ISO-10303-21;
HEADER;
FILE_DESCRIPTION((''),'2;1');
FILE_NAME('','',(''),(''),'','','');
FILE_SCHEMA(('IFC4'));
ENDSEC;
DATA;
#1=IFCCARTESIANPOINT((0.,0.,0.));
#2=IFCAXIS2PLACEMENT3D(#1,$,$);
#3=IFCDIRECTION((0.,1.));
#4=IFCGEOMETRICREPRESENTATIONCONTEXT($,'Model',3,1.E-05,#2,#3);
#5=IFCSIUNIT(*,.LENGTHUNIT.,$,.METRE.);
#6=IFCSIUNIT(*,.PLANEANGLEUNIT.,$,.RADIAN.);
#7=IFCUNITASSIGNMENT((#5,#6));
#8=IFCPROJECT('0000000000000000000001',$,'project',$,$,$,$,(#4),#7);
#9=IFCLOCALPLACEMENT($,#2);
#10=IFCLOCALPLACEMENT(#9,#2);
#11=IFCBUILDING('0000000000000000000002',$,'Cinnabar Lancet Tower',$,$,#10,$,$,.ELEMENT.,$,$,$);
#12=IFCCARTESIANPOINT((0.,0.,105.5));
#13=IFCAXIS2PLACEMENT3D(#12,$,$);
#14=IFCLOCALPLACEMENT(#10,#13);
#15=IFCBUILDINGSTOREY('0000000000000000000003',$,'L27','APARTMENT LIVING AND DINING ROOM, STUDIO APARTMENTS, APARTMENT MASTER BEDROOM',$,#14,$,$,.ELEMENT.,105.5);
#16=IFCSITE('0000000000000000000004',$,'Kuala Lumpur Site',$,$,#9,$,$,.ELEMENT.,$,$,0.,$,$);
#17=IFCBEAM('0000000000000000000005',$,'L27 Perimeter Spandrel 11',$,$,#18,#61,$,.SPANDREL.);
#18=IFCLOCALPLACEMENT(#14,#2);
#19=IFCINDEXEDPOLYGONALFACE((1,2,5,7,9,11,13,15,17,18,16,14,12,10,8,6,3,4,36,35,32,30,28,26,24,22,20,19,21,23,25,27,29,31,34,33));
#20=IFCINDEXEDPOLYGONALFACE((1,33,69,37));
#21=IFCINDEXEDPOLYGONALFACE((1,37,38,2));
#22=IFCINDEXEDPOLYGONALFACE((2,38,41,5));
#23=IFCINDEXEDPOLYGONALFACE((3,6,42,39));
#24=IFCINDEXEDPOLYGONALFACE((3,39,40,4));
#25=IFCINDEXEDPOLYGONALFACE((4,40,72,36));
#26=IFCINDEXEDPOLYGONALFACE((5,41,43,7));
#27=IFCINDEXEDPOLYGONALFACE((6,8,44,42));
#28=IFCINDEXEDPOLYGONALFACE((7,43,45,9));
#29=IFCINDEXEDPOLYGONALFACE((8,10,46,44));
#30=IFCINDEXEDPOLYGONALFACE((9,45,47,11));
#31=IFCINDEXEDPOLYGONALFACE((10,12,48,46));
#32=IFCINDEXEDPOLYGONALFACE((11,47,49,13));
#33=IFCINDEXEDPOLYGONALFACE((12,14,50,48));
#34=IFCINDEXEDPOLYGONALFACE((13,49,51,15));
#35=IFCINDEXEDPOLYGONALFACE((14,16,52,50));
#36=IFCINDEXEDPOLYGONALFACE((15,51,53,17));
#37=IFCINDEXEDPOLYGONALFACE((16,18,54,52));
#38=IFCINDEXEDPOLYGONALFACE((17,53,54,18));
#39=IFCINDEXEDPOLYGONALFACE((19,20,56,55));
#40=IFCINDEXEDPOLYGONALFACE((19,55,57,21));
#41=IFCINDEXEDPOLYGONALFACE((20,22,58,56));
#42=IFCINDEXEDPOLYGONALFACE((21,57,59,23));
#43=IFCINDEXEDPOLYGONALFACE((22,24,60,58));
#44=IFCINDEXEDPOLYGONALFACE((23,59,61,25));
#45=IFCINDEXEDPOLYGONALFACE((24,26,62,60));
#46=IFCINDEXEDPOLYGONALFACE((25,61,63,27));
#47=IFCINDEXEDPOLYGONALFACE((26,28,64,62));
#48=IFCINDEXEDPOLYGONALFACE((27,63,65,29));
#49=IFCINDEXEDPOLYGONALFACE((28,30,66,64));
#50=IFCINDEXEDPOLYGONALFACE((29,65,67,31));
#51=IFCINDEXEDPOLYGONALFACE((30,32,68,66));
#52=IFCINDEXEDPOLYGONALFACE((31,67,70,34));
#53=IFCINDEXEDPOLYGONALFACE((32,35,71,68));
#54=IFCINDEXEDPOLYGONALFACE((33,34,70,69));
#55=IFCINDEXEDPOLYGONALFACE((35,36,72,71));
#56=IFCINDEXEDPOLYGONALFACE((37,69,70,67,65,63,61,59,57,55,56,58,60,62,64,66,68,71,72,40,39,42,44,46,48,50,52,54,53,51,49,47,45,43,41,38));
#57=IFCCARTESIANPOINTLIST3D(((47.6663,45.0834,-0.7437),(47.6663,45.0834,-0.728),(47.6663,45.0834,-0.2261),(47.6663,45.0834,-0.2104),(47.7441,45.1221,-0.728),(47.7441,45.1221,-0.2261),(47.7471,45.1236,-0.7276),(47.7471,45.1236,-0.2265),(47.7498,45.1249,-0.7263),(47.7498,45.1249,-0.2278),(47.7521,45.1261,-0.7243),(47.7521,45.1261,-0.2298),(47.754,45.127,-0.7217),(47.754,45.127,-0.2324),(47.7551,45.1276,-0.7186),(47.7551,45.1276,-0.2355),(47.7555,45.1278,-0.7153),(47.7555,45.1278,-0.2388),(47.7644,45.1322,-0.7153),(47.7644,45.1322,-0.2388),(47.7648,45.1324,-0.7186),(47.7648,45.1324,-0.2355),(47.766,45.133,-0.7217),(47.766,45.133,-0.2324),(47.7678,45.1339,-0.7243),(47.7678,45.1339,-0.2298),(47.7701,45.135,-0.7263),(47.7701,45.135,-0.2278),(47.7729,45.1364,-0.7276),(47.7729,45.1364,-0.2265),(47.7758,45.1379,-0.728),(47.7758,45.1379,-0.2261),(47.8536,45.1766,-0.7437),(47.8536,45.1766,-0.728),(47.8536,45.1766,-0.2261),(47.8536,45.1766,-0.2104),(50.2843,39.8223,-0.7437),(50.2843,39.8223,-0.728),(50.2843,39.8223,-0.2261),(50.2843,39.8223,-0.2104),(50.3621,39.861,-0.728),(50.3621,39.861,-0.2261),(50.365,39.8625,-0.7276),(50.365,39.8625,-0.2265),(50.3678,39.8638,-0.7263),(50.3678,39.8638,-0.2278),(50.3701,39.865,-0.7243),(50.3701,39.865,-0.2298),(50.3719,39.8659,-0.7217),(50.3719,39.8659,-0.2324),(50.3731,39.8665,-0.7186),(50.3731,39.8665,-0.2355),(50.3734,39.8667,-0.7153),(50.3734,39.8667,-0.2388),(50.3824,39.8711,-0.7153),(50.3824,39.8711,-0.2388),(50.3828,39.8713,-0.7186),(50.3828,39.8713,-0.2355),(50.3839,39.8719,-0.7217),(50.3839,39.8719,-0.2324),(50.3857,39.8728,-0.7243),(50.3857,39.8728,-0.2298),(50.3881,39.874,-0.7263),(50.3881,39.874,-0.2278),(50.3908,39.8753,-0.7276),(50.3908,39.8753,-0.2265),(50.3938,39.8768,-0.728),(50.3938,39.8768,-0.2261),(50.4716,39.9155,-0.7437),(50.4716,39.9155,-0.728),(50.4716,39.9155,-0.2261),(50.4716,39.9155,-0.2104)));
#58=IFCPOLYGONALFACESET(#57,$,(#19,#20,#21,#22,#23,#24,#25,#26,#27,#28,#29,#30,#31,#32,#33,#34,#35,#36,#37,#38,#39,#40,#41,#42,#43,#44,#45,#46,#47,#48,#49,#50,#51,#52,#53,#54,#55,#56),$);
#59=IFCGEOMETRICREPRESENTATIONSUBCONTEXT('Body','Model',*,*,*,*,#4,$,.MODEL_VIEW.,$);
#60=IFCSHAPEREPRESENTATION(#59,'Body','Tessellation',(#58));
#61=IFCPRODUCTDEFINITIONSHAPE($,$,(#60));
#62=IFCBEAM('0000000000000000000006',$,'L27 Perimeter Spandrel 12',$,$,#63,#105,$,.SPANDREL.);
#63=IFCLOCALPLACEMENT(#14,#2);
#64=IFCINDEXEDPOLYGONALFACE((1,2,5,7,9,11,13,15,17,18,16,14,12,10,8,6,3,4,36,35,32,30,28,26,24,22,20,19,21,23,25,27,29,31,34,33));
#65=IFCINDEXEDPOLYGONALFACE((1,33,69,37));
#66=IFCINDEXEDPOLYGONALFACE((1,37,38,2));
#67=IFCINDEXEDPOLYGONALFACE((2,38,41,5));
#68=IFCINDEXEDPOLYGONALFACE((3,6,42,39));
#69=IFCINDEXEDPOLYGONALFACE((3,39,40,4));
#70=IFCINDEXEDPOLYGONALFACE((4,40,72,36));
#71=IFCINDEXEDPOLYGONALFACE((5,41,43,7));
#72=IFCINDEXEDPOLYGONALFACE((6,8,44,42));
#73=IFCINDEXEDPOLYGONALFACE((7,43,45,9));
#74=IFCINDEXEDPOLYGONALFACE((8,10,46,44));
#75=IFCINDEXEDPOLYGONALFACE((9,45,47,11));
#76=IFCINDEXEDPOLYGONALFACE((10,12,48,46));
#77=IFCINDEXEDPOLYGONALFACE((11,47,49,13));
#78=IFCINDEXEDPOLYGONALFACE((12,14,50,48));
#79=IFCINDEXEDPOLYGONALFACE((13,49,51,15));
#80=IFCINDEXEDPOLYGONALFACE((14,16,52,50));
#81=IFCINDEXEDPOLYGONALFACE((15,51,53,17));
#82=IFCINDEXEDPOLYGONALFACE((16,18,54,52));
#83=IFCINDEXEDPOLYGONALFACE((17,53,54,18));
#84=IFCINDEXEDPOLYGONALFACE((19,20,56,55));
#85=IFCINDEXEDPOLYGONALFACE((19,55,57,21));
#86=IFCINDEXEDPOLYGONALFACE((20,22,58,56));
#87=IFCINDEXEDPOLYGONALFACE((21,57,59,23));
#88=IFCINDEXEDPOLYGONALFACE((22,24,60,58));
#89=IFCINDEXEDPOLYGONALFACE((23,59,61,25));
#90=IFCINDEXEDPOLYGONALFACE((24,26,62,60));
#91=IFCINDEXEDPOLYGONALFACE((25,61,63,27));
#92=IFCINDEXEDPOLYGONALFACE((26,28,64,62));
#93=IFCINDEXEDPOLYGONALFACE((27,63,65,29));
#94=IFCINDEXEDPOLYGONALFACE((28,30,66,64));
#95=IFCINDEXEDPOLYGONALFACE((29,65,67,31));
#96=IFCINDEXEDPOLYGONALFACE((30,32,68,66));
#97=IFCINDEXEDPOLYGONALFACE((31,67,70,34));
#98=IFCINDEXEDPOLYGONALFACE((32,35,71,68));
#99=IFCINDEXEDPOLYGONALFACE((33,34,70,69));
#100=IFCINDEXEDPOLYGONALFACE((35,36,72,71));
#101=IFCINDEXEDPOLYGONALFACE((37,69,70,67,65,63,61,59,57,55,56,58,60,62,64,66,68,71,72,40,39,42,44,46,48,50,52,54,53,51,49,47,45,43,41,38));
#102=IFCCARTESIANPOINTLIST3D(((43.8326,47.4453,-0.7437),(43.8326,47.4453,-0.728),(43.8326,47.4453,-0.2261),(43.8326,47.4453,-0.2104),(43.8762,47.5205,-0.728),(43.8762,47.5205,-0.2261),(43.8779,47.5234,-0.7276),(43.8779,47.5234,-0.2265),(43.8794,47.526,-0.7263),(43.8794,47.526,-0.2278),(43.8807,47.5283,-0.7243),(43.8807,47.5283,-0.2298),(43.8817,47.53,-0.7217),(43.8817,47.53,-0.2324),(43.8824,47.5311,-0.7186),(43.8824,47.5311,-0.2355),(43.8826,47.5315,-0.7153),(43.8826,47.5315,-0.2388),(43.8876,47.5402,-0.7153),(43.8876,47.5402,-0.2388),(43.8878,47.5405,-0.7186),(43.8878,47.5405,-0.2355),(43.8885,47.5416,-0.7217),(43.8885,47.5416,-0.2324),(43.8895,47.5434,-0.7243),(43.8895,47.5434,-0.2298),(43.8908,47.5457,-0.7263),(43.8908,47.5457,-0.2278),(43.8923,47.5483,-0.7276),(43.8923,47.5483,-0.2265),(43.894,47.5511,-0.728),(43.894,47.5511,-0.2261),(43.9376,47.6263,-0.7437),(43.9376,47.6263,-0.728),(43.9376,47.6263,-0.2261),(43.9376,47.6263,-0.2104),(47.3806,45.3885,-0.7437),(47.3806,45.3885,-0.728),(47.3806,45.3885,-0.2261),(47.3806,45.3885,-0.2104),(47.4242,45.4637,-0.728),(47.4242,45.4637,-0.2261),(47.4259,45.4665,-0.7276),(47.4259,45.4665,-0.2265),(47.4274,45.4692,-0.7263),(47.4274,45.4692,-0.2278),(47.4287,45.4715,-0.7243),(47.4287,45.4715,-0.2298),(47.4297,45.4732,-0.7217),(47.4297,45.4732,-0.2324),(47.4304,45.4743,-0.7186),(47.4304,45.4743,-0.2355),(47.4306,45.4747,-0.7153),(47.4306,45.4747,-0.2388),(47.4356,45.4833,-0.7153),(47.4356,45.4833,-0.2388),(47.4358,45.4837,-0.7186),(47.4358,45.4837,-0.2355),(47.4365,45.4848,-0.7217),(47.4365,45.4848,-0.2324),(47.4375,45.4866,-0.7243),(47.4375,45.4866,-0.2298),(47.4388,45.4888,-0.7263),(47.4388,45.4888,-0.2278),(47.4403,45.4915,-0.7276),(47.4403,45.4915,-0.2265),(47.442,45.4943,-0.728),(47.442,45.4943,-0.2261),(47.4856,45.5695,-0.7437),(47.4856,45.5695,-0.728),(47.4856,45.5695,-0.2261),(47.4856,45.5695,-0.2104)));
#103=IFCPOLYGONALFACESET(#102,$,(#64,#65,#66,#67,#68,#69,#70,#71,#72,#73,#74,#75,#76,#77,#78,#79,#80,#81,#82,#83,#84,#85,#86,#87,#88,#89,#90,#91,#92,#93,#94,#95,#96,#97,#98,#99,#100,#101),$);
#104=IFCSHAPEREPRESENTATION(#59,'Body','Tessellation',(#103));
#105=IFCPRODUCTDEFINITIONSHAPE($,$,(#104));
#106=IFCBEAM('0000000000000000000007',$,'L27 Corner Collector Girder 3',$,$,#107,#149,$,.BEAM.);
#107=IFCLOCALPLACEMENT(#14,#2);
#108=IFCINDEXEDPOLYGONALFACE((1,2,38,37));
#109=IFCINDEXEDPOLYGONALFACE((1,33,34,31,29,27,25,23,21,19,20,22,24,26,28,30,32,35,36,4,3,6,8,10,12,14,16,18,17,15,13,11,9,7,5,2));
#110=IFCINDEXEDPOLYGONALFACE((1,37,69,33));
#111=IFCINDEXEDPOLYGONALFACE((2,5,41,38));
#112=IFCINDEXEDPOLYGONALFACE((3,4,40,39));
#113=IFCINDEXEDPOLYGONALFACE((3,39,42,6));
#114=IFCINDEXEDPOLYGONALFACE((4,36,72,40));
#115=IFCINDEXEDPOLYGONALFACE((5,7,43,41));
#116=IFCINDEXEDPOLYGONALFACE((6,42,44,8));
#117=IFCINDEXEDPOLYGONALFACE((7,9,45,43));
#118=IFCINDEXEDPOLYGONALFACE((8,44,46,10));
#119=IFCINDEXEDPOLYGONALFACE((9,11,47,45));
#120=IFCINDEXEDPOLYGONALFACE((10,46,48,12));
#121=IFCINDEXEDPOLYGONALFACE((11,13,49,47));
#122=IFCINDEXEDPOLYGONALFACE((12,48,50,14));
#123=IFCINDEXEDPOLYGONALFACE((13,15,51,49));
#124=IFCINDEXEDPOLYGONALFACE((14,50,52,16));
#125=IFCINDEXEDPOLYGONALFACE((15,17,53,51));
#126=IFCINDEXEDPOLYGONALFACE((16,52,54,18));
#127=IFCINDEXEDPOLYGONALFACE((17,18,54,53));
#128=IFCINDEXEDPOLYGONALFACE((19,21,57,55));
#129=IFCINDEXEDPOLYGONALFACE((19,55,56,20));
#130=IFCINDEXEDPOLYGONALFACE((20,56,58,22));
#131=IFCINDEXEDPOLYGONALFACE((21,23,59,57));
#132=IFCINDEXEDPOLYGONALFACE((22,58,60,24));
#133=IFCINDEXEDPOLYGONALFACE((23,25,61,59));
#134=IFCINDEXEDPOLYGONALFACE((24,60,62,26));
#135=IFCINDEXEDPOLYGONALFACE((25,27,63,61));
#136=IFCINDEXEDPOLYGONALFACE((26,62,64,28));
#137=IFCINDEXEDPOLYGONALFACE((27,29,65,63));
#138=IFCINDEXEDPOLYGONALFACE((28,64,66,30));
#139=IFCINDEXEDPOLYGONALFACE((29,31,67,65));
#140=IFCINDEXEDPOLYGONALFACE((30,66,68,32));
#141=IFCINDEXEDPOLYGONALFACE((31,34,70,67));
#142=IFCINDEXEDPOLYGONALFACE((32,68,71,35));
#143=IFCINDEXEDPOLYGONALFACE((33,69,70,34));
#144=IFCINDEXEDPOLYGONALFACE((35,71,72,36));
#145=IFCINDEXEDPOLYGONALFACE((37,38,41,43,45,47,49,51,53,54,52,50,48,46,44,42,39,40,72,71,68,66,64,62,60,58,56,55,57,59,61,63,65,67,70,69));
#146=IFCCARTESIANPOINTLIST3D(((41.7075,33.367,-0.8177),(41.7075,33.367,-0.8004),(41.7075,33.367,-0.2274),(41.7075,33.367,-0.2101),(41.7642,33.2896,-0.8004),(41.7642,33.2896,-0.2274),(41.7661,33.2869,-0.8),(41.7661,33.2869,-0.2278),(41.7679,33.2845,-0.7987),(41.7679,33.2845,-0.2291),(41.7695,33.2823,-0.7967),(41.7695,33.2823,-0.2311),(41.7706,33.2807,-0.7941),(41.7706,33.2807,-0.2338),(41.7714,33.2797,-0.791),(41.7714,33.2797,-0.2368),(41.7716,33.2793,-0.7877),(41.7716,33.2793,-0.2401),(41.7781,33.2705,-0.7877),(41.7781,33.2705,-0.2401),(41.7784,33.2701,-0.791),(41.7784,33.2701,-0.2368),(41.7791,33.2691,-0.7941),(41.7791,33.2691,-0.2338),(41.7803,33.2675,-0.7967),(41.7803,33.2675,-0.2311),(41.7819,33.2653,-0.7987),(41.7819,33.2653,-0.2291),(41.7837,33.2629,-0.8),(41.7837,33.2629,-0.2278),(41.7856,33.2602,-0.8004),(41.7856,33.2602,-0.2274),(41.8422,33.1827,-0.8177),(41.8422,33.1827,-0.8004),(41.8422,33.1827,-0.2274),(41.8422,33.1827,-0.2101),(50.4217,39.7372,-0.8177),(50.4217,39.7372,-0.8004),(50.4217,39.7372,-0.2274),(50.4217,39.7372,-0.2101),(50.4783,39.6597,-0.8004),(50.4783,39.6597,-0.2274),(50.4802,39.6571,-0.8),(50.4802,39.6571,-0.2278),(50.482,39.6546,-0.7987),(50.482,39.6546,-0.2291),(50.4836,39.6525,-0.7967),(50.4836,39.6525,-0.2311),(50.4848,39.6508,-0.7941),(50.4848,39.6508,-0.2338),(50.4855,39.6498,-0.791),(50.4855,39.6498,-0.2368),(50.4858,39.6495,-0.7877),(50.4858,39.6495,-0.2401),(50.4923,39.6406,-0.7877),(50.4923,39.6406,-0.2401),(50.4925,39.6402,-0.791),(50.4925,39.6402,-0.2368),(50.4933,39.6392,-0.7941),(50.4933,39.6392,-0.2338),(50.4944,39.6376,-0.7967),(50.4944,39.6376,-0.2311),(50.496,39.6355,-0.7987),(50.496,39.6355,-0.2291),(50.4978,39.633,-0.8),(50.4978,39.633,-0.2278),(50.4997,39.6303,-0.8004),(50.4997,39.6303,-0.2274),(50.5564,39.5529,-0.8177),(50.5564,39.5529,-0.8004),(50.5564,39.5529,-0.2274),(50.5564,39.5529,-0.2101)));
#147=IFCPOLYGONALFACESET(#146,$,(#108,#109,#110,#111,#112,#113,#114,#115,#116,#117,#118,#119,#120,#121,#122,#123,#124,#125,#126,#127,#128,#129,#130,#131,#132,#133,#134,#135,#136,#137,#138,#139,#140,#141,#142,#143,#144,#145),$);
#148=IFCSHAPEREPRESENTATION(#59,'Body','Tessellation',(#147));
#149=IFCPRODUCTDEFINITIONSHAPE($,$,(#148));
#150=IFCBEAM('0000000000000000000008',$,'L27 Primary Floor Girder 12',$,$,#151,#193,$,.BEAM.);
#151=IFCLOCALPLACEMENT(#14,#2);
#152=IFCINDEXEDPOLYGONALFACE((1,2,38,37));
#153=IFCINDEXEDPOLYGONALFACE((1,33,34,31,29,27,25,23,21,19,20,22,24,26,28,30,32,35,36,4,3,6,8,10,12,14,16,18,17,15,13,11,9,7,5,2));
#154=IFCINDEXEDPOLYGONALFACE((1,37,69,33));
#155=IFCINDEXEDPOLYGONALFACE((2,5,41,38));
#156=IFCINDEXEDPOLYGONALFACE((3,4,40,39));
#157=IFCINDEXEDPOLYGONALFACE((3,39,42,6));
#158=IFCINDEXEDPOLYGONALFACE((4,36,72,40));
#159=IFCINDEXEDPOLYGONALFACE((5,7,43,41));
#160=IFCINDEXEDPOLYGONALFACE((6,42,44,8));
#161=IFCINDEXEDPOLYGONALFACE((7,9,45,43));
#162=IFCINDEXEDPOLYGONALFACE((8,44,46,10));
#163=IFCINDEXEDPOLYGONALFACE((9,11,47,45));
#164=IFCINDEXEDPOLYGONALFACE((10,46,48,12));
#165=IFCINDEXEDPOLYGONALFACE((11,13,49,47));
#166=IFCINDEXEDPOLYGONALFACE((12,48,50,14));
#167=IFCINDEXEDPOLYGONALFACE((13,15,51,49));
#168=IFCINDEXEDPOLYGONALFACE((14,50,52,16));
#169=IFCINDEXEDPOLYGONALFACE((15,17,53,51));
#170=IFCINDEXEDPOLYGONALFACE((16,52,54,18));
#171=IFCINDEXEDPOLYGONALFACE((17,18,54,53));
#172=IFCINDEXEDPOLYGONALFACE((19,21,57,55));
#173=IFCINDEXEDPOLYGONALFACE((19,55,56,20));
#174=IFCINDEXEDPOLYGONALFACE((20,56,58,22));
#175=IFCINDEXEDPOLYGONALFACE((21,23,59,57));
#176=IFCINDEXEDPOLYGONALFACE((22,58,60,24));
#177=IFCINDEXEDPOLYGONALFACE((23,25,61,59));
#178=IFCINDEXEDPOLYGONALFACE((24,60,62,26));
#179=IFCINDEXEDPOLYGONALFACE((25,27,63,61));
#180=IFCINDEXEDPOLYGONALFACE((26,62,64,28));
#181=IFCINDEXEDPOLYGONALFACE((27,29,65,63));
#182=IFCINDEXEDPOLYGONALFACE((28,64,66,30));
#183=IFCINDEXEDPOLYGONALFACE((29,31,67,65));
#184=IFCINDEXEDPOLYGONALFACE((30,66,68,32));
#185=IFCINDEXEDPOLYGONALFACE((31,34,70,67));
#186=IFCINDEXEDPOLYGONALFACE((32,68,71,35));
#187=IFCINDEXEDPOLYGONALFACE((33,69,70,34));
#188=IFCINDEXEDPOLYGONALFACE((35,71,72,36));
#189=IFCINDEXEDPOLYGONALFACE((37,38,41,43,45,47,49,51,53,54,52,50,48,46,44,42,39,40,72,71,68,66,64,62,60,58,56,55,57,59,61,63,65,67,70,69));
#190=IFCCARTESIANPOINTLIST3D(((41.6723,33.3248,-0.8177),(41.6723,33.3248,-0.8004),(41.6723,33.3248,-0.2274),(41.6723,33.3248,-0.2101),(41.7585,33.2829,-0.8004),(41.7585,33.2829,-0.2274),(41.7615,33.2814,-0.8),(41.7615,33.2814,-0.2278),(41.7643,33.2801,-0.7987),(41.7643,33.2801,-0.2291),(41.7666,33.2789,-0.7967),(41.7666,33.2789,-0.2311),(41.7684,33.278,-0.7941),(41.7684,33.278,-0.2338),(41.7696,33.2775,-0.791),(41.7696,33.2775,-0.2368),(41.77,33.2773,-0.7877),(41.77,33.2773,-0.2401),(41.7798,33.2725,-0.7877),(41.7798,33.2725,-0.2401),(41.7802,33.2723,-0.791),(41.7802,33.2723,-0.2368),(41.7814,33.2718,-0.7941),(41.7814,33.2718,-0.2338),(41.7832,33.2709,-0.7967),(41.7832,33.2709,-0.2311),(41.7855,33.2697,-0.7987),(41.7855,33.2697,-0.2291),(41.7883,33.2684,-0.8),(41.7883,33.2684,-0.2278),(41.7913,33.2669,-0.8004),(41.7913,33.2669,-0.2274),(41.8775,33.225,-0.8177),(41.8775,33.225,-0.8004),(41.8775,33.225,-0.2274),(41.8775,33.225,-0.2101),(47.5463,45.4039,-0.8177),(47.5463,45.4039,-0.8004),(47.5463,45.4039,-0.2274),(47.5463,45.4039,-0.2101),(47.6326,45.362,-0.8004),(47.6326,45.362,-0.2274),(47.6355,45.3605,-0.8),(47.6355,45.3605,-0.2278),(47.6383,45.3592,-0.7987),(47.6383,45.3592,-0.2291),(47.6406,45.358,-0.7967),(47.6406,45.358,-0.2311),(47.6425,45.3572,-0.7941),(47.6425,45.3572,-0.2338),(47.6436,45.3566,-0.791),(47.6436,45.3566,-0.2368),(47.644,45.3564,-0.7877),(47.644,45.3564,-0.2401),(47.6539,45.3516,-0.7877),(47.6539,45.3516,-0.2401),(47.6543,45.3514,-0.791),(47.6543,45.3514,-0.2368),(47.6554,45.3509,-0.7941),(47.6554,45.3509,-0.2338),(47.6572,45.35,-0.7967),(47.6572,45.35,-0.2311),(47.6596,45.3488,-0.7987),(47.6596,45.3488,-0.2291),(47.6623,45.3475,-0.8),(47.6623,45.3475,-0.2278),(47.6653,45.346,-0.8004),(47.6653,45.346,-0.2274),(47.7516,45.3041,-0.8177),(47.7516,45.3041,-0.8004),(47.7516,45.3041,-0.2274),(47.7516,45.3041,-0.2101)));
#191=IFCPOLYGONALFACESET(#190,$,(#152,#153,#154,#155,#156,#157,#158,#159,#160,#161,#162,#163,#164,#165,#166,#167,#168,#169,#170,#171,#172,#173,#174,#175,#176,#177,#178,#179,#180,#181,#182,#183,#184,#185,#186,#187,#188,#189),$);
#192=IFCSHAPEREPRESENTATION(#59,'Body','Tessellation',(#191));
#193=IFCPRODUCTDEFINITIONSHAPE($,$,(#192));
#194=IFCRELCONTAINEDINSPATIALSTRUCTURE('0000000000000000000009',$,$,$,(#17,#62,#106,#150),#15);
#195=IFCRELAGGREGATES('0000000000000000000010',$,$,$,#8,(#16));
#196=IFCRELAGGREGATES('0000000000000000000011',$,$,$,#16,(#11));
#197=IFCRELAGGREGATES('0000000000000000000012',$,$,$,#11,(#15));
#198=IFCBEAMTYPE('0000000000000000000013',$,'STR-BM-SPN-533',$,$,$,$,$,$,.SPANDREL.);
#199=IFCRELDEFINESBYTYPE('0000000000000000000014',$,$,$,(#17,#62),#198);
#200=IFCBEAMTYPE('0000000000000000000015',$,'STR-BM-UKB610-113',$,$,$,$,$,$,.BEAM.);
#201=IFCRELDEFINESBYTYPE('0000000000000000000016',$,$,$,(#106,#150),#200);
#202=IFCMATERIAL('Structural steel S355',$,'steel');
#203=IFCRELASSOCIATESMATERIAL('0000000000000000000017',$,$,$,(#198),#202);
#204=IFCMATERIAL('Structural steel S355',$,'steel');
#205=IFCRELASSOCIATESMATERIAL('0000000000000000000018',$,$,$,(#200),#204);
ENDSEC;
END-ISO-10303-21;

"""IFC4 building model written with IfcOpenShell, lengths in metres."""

from ifc_helpers import new_model, si_unit, direction, frame, origin, origin_2d, place, context, subcontext, project, spatial, i_section, extrude, material, material_profile, profile_set, type_object, element, save


model = new_model("IFC4")

# Units and contexts
model_context = context("Model", 3, precision=1e-05, world=origin(), true_north=direction((0.0, 1.0)))
body_context = subcontext(model_context, "Body", "Model", "MODEL_VIEW")
ifc_project = project(units=[si_unit("LENGTHUNIT", "METRE"), si_unit("PLANEANGLEUNIT", "RADIAN")], contexts=[model_context])

# Site, building, storey
site_placement = place(None, origin())
site = spatial("IfcSite", under=ifc_project, at=site_placement, Name="Kuala Lumpur Site", CompositionType="ELEMENT", RefElevation=0.0)
building_placement = place(site_placement, origin())
building = spatial("IfcBuilding", under=site, at=building_placement, Name="Cinnabar Lancet Tower", CompositionType="ELEMENT")
storey_placement = place(building_placement, frame((0.0, 0.0, 105.5)))
storey = spatial("IfcBuildingStorey", under=building, at=storey_placement, Name="L27", Description="APARTMENT LIVING AND DINING ROOM, STUDIO APARTMENTS, APARTMENT MASTER BEDROOM", CompositionType="ELEMENT", Elevation=105.5)

# Beams
ifc_material_1 = material(Name="Structural steel S355", Category="steel")
ifc_material_profile_1 = material_profile(ifc_material_1, i_section(OverallWidth=0.2092, OverallDepth=0.5332, WebThickness=0.01, FlangeThickness=0.0156, FilletRadius=0.0127, at=origin_2d()), Name="UKB 533x210x92")
ifc_profile_set_1 = profile_set([ifc_material_profile_1], Name="Structural steel S355")
beam_type_1 = type_object("IfcBeamType", Name="STR-BM-SPN-533", PredefinedType="SPANDREL", material=ifc_profile_set_1)
beam_1_placement = place(storey_placement, frame((50.3779, 39.8689, -0.4771), z_axis=(-0.445501, 0.895281, 0.0), x_axis=(-0.895281, -0.445501, 0.0)))
element("IfcBeam", 1, at=beam_1_placement, inside=storey, type_object=beam_type_1, Name="L27 Perimeter Spandrel 11", PredefinedType="SPANDREL", context=body_context, shape_type="SweptSolid", body=[
    extrude(i_section(OverallWidth=0.2092, OverallDepth=0.5332, WebThickness=0.01, FlangeThickness=0.0156, FilletRadius=0.0127, at=origin_2d()), origin(), (0.0, 0.0, 1.0), 5.8765),
])
beam_2_placement = place(storey_placement, frame((47.4331, 45.479, -0.4771), z_axis=(-0.865138, 0.501534, 0.0), x_axis=(-0.501534, -0.865138, 0.0)))
element("IfcBeam", 2, at=beam_2_placement, inside=storey, type_object=beam_type_1, Name="L27 Perimeter Spandrel 12", PredefinedType="SPANDREL", context=body_context, shape_type="SweptSolid", body=[
    extrude(i_section(OverallWidth=0.2092, OverallDepth=0.5332, WebThickness=0.01, FlangeThickness=0.0156, FilletRadius=0.0127, at=origin_2d()), origin(), (0.0, 0.0, 1.0), 4.1011),
])
ifc_material_2 = material(Name="Structural steel S355", Category="steel")
ifc_material_profile_2 = material_profile(ifc_material_2, i_section(OverallWidth=0.2283, OverallDepth=0.6077, WebThickness=0.011, FlangeThickness=0.0173, FilletRadius=0.0127, at=origin_2d()), Name="UKB 610x229x113")
ifc_profile_set_2 = profile_set([ifc_material_profile_2], Name="Structural steel S355")
beam_type_2 = type_object("IfcBeamType", Name="STR-BM-UKB610-113", PredefinedType="BEAM", material=ifc_profile_set_2)
beam_3_placement = place(storey_placement, frame((50.489, 39.645, -0.5139), z_axis=(-0.807298, -0.590144, 0.0), x_axis=(0.590144, -0.807298, 0.0)))
element("IfcBeam", 3, at=beam_3_placement, inside=storey, type_object=beam_type_2, Name="L27 Corner Collector Girder 3", PredefinedType="BEAM", context=body_context, shape_type="SweptSolid", body=[
    extrude(i_section(OverallWidth=0.2283, OverallDepth=0.6077, WebThickness=0.011, FlangeThickness=0.0173, FilletRadius=0.0127, at=origin_2d()), origin(), (0.0, 0.0, 1.0), 10.7942),
])
beam_4_placement = place(storey_placement, frame((47.6489, 45.354, -0.5139), z_axis=(-0.437327, -0.899302, 0.0), x_axis=(0.899302, -0.437327, 0.0)))
element("IfcBeam", 4, at=beam_4_placement, inside=storey, type_object=beam_type_2, Name="L27 Primary Floor Girder 12", PredefinedType="BEAM", context=body_context, shape_type="SweptSolid", body=[
    extrude(i_section(OverallWidth=0.2283, OverallDepth=0.6077, WebThickness=0.011, FlangeThickness=0.0173, FilletRadius=0.0127, at=origin_2d()), origin(), (0.0, 0.0, 1.0), 13.4316),
])

save(model, "model.ifc")
